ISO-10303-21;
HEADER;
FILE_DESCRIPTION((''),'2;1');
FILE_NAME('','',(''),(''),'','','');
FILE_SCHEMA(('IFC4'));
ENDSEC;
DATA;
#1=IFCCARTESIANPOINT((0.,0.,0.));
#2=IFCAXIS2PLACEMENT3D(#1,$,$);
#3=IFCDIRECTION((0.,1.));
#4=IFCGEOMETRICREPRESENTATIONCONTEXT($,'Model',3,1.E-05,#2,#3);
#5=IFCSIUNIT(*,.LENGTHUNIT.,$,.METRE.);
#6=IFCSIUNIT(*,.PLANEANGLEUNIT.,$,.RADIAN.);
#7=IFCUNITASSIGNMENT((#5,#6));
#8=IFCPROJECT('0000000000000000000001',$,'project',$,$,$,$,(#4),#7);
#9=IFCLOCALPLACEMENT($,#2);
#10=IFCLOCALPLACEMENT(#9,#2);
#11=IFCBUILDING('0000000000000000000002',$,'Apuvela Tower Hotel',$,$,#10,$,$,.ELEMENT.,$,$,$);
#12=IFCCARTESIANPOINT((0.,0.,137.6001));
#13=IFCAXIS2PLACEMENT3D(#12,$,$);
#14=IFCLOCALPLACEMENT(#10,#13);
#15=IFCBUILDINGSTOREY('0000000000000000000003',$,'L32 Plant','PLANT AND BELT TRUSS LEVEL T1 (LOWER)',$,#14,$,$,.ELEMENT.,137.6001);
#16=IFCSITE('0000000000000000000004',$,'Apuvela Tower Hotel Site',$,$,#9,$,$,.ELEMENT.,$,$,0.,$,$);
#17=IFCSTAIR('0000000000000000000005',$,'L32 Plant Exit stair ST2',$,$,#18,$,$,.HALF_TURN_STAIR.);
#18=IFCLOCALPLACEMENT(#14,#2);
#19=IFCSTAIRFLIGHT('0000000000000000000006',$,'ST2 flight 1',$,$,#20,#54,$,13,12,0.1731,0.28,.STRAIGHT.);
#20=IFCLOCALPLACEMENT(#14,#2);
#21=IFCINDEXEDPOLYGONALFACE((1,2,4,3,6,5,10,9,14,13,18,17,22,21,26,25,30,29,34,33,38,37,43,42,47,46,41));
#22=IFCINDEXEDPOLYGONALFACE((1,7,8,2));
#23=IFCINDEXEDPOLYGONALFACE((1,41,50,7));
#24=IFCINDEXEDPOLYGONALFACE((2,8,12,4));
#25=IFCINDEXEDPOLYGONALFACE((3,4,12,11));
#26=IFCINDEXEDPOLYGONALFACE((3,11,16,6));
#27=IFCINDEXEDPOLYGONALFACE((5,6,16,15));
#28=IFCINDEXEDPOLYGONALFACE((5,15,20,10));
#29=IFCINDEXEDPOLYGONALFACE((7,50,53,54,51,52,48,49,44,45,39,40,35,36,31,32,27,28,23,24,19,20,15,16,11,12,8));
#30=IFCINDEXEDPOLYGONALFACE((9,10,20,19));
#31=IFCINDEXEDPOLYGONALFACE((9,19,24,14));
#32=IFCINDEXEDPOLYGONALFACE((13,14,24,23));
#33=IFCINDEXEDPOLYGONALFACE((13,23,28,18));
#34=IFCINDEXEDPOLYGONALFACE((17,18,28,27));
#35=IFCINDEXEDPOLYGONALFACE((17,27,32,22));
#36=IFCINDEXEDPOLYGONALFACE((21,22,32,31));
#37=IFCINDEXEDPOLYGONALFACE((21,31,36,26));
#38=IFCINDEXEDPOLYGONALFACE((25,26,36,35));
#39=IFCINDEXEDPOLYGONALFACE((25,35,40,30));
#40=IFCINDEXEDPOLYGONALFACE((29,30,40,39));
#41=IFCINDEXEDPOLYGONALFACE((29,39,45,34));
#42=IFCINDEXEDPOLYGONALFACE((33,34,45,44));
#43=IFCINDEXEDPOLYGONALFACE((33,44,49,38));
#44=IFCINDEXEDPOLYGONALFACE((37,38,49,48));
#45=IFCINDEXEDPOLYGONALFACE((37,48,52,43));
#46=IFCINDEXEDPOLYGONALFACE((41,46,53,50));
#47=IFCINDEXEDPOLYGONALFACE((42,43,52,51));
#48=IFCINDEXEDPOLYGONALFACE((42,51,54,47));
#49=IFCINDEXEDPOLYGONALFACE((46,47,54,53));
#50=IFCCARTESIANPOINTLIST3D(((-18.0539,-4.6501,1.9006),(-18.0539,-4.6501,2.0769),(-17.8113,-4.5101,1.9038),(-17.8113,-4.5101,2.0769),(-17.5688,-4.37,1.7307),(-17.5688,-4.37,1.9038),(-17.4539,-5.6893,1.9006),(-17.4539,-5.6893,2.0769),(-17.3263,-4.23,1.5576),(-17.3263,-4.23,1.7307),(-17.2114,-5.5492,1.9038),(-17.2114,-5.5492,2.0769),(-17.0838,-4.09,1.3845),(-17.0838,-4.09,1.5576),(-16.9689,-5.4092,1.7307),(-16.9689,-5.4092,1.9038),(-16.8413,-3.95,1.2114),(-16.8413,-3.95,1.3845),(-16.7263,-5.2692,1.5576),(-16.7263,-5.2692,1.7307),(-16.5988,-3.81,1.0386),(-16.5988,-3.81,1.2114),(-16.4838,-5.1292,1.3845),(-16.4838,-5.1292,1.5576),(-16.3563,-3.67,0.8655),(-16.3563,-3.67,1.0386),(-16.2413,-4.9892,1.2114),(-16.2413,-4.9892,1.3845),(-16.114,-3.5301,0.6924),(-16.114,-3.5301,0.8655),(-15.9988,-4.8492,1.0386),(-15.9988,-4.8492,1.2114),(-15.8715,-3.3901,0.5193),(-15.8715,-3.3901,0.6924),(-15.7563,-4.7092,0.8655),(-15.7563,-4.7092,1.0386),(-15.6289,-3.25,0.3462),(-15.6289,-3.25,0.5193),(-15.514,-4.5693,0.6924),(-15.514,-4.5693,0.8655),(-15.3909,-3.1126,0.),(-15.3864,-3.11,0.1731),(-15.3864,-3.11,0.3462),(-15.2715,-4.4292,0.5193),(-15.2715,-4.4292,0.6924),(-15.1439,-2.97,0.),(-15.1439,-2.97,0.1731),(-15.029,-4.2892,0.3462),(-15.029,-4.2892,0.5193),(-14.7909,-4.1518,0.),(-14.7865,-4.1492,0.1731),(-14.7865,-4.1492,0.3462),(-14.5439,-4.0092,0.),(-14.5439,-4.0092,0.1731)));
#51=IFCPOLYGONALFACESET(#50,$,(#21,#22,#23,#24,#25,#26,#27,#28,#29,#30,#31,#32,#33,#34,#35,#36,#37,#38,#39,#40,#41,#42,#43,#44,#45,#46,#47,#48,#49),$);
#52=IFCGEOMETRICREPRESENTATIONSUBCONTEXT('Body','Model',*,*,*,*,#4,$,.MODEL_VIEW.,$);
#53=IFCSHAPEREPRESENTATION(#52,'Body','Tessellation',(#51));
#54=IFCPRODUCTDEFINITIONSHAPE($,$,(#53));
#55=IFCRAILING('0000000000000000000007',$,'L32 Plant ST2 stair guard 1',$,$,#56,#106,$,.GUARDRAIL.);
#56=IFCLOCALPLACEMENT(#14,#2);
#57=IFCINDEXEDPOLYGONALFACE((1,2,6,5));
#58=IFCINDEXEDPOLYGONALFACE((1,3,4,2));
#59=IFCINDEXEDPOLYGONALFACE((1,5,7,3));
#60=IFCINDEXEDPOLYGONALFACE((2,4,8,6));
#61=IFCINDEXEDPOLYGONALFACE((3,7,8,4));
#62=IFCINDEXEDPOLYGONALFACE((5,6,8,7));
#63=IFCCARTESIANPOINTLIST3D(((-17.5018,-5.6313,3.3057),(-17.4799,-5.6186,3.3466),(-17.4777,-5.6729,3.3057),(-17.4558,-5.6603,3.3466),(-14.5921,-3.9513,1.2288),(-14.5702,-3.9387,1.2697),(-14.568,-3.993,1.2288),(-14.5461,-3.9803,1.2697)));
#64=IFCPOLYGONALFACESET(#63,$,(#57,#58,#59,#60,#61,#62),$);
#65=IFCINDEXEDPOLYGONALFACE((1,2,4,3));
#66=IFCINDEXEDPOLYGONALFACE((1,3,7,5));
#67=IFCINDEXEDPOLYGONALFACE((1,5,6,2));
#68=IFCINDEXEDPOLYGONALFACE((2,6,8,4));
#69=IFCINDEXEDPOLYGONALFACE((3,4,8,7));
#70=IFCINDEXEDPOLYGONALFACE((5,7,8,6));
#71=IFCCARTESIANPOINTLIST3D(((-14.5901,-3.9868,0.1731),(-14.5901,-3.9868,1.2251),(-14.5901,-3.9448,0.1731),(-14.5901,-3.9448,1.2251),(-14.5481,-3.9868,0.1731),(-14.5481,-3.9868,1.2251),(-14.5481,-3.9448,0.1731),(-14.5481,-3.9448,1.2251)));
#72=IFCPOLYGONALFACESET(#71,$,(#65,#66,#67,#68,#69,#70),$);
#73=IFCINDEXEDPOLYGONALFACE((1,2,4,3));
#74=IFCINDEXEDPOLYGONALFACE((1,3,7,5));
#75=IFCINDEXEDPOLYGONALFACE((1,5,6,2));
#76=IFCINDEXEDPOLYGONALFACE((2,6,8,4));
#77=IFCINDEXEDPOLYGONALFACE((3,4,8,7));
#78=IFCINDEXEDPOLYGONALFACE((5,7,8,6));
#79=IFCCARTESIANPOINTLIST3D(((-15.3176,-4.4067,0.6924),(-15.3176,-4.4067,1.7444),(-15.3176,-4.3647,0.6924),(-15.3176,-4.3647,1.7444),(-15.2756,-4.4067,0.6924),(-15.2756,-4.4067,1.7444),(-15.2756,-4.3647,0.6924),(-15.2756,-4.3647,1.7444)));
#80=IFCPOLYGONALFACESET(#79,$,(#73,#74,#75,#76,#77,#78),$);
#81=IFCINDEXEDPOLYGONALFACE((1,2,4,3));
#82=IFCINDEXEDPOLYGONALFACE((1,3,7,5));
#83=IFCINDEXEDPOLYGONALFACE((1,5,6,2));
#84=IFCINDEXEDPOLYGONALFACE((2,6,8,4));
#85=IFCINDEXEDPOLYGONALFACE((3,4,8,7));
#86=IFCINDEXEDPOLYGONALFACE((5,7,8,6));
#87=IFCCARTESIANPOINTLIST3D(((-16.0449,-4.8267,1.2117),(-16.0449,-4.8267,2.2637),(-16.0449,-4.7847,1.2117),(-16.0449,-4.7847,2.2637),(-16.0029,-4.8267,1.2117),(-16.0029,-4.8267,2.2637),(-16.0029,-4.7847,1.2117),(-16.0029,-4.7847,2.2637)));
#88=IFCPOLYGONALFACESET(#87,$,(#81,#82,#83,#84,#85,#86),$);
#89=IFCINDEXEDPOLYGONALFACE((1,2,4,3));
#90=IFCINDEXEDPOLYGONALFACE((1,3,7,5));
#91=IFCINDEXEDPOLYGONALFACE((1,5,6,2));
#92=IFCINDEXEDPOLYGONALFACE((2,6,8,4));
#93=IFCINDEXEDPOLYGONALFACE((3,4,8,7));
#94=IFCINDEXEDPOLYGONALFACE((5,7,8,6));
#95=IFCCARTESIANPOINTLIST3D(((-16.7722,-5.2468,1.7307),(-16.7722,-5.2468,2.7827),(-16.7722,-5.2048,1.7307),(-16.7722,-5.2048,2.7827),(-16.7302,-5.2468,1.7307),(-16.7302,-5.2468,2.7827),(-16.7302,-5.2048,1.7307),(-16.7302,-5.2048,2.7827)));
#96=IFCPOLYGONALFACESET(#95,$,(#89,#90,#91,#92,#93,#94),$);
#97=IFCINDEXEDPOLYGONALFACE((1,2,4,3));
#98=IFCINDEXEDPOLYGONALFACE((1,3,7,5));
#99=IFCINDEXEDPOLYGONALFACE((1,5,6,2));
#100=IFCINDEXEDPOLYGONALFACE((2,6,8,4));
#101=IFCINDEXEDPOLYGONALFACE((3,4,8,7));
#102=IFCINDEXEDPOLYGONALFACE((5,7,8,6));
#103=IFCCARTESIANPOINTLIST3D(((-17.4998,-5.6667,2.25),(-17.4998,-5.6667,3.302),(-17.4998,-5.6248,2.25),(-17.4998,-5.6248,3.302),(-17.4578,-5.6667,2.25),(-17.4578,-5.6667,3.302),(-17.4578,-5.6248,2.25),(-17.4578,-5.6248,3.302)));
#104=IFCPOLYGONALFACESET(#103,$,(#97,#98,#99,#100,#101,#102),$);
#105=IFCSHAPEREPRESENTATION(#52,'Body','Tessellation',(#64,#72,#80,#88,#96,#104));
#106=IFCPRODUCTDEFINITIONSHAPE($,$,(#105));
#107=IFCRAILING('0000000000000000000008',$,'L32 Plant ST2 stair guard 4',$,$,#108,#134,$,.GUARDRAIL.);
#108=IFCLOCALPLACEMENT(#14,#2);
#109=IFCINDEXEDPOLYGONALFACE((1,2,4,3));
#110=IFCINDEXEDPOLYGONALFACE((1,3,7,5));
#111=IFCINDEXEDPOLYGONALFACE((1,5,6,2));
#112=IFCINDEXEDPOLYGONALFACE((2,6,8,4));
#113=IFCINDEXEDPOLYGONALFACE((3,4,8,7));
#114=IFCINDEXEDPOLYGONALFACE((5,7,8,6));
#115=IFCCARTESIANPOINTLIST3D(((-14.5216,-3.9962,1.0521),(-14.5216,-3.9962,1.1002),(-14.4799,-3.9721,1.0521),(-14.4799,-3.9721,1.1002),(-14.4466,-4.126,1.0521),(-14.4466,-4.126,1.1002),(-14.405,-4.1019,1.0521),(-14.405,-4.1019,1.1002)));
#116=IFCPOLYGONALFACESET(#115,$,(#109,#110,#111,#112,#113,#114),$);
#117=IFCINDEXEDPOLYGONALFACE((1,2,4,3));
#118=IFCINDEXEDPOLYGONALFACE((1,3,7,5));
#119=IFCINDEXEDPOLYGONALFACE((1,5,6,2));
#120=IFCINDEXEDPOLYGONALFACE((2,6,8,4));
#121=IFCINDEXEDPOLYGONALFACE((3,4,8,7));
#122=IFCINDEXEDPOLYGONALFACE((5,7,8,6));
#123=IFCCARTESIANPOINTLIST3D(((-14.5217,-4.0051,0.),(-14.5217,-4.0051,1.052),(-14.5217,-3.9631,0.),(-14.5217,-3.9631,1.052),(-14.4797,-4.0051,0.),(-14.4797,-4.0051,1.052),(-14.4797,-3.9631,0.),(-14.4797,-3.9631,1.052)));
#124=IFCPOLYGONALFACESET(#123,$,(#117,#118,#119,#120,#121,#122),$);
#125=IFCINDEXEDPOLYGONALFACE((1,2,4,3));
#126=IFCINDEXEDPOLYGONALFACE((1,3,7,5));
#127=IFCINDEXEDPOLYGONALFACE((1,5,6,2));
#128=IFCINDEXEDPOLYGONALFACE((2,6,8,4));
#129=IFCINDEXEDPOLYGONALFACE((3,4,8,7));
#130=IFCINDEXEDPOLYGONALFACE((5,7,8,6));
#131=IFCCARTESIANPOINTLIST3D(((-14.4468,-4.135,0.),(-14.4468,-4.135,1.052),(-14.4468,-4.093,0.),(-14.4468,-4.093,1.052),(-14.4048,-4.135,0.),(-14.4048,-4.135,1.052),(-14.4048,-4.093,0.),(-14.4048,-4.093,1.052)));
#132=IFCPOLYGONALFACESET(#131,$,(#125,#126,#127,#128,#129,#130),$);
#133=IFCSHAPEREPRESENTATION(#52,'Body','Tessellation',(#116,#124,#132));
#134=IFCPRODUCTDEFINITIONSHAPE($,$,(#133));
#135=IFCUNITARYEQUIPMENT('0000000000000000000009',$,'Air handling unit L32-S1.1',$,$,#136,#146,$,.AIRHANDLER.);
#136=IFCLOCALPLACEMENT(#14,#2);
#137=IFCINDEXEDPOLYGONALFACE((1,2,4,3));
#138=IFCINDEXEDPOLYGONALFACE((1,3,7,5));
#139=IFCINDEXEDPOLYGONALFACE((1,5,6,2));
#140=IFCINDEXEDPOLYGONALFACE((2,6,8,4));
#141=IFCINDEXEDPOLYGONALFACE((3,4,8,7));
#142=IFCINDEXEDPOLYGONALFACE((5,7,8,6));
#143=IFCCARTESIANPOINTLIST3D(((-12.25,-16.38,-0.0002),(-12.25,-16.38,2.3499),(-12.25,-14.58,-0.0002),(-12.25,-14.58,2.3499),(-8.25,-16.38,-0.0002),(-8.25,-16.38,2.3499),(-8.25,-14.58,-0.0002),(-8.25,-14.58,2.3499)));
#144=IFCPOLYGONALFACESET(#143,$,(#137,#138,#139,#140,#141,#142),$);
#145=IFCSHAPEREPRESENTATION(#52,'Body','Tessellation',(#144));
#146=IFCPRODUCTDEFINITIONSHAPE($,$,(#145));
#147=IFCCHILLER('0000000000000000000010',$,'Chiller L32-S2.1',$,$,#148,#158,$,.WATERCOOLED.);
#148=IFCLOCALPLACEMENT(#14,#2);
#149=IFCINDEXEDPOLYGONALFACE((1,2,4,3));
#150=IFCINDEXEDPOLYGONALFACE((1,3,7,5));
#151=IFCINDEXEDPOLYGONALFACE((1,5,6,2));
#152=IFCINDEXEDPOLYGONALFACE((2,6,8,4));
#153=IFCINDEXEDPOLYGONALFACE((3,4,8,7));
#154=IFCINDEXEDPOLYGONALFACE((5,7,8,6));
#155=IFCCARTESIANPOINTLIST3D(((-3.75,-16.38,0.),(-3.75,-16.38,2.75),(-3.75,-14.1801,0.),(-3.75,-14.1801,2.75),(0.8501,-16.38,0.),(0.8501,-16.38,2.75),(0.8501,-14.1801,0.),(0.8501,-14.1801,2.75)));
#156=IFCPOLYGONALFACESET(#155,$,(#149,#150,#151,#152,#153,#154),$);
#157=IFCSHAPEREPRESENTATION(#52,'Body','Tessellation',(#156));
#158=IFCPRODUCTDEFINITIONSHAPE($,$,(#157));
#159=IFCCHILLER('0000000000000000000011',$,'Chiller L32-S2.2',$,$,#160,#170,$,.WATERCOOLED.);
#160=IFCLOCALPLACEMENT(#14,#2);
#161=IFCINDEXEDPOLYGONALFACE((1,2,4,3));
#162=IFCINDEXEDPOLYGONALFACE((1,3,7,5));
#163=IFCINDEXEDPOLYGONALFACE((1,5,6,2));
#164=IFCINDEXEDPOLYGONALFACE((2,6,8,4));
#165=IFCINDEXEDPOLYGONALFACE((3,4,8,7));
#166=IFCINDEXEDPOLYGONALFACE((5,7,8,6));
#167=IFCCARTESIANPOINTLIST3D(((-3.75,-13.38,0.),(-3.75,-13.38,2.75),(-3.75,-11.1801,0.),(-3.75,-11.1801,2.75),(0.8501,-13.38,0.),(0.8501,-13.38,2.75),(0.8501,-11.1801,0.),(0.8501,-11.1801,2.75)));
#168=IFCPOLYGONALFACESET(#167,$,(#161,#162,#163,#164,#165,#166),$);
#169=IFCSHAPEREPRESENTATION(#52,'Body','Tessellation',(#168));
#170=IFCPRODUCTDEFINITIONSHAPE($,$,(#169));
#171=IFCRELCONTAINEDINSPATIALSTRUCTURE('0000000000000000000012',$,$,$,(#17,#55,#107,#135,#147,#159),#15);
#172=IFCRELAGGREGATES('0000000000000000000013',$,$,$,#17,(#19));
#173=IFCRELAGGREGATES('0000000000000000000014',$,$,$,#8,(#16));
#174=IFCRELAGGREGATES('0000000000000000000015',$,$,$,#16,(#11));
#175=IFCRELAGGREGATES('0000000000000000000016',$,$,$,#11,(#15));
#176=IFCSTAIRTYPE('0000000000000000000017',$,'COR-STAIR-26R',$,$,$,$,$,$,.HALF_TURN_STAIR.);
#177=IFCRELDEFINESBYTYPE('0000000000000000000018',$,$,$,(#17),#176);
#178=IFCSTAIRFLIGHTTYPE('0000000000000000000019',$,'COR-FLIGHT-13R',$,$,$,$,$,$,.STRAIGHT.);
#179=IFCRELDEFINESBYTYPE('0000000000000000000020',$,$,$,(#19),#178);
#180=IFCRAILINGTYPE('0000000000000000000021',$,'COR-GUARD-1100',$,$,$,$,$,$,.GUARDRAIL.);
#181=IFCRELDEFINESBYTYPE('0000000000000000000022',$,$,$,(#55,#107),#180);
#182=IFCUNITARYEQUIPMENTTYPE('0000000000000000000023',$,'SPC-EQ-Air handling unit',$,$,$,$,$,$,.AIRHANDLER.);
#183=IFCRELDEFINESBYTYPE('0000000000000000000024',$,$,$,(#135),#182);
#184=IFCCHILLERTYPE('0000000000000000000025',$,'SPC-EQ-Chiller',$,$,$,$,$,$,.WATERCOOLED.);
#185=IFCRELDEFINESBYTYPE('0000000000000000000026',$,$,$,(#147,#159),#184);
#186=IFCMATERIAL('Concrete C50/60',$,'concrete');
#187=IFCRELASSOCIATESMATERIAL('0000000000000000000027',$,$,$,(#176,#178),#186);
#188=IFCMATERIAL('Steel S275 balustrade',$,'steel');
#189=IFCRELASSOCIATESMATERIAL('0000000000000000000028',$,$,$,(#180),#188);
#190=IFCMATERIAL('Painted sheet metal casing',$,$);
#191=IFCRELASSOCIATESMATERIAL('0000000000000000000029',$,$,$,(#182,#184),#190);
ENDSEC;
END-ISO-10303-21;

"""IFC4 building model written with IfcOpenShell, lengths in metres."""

from ifc_helpers import new_model, si_unit, direction, frame, origin, origin_2d, place, context, subcontext, project, spatial, polyline, rectangle, outline, extrude, material, type_object, element, aggregate, save


model = new_model("IFC4")

# Units and contexts
model_context = context("Model", 3, precision=1e-05, world=origin(), true_north=direction((0.0, 1.0)))
body_context = subcontext(model_context, "Body", "Model", "MODEL_VIEW")
ifc_project = project(units=[si_unit("LENGTHUNIT", "METRE"), si_unit("PLANEANGLEUNIT", "RADIAN")], contexts=[model_context])

# Site, building, storey
site_placement = place(None, origin())
site = spatial("IfcSite", under=ifc_project, at=site_placement, Name="Apuvela Tower Hotel Site", CompositionType="ELEMENT", RefElevation=0.0)
building_placement = place(site_placement, origin())
building = spatial("IfcBuilding", under=site, at=building_placement, Name="Apuvela Tower Hotel", CompositionType="ELEMENT")
storey_placement = place(building_placement, frame((0.0, 0.0, 137.6001)))
storey = spatial("IfcBuildingStorey", under=building, at=storey_placement, Name="L32 Plant", Description="PLANT AND BELT TRUSS LEVEL T1 (LOWER)", CompositionType="ELEMENT", Elevation=137.6001)

# Shared definitions
ifc_material_1 = material(Name="Concrete C50/60", Category="concrete")

# Stair, stair flight
stair_type = type_object("IfcStairType", Name="COR-STAIR-26R", PredefinedType="HALF_TURN_STAIR", material=ifc_material_1)
stair_placement = place(storey_placement, origin())
stair = element("IfcStair", 1, at=stair_placement, inside=storey, type_object=stair_type, Name="L32 Plant Exit stair ST2", PredefinedType="HALF_TURN_STAIR")
stair_flight_type = type_object("IfcStairFlightType", Name="COR-FLIGHT-13R", PredefinedType="STRAIGHT", material=ifc_material_1)
stair_flight_placement = place(storey_placement, frame((-14.844, -3.4895, 0.0), z_axis=(0.0, 0.0, 1.0), x_axis=(-0.866025, -0.5, 0.0)))
stair_flight = element("IfcStairFlight", 2, at=stair_flight_placement, type_object=stair_flight_type, Name="ST2 flight 1", NumberOfRisers=13, NumberOfTreads=12, PredefinedType="STRAIGHT", RiserHeight=0.1731, TreadLength=0.28, context=body_context, shape_type="SweptSolid", body=[
    extrude(outline(polyline([(0.0, 0.0), (0.0, 0.1731), (0.28, 0.1731), (0.28, 0.3462), (0.5601, 0.3462), (0.5601, 0.5193), (0.8401, 0.5193), (0.8401, 0.6924), (1.1201, 0.6924), (1.1201, 0.8655), (1.3999, 0.8655), (1.3999, 1.0386), (1.6799, 1.0386), (1.6799, 1.2114), (1.96, 1.2114), (1.96, 1.3845), (2.24, 1.3845), (2.24, 1.5576), (2.52, 1.5576), (2.52, 1.7307), (2.8, 1.7307), (2.8, 1.9038), (3.0801, 1.9038), (3.0801, 2.0769), (3.3601, 2.0769), (3.3601, 2.25), (3.3601, 1.9006), (0.2852, 0.0), (0.0, 0.0)])), frame((0.0, 0.6001, 0.0), z_axis=(0.0, -1.0, 0.0), x_axis=(1.0, 0.0, 0.0)), (0.0, 0.0, 1.0), 1.2),
])
aggregate(stair, [stair_flight])

# Railings
ifc_material_2 = material(Name="Steel S275 balustrade", Category="steel")
railing_type = type_object("IfcRailingType", Name="COR-GUARD-1100", PredefinedType="GUARDRAIL", material=ifc_material_2)
railing_1_placement = place(storey_placement, frame((-14.5691, -3.9658, 0.1731)))
element("IfcRailing", 3, at=railing_1_placement, inside=storey, type_object=railing_type, Name="L32 Plant ST2 stair guard 1", PredefinedType="GUARDRAIL", context=body_context, shape_type="SweptSolid", body=[
    extrude(rectangle(XDim=0.0481, YDim=0.0481, at=origin_2d()), frame((0.0, 0.0, 1.0762), z_axis=(-0.73664, -0.425308, 0.525809), x_axis=(0.500008, -0.866021, 0.0)), (0.0, 0.0, 1.0), 3.95),
    extrude(rectangle(XDim=0.042, YDim=0.042, at=origin_2d()), origin(), (0.0, 0.0, 1.0), 1.052),
    extrude(rectangle(XDim=0.042, YDim=0.042, at=origin_2d()), frame((-0.7275, -0.4199, 0.5193)), (0.0, 0.0, 1.0), 1.052),
    extrude(rectangle(XDim=0.042, YDim=0.042, at=origin_2d()), frame((-1.4548, -0.8398, 1.0386)), (0.0, 0.0, 1.0), 1.052),
    extrude(rectangle(XDim=0.042, YDim=0.042, at=origin_2d()), frame((-2.1821, -1.26, 1.5576)), (0.0, 0.0, 1.0), 1.052),
    extrude(rectangle(XDim=0.042, YDim=0.042, at=origin_2d()), frame((-2.9097, -1.6799, 2.0769)), (0.0, 0.0, 1.0), 1.052),
])
railing_2_placement = place(storey_placement, frame((-14.5007, -3.9841, 0.0)))
element("IfcRailing", 4, at=railing_2_placement, inside=storey, type_object=railing_type, Name="L32 Plant ST2 stair guard 4", PredefinedType="GUARDRAIL", context=body_context, shape_type="SweptSolid", body=[
    extrude(rectangle(XDim=0.0481, YDim=0.0481, at=origin_2d()), frame((0.0, 0.0, 1.0762), z_axis=(0.499816, -0.866131, 0.0), x_axis=(0.866131, 0.499816, 0.0)), (0.0, 0.0, 1.0), 0.1499),
    extrude(rectangle(XDim=0.042, YDim=0.042, at=origin_2d()), origin(), (0.0, 0.0, 1.0), 1.052),
    extrude(rectangle(XDim=0.042, YDim=0.042, at=origin_2d()), frame((0.075, -0.1299, 0.0)), (0.0, 0.0, 1.0), 1.052),
])

# Unitary equipment
ifc_material_3 = material(Name="Painted sheet metal casing")
unitary_equipment_type = type_object("IfcUnitaryEquipmentType", Name="SPC-EQ-Air handling unit", PredefinedType="AIRHANDLER", material=ifc_material_3)
unitary_equipment_placement = place(storey_placement, frame((-10.25, -15.48, -0.0002), z_axis=(0.0, 0.0, 1.0), x_axis=(1.0, 0.0, 0.0)))
element("IfcUnitaryEquipment", 5, at=unitary_equipment_placement, inside=storey, type_object=unitary_equipment_type, Name="Air handling unit L32-S1.1", PredefinedType="AIRHANDLER", context=body_context, shape_type="SweptSolid", body=[
    extrude(rectangle(XDim=4.0, YDim=1.8, at=origin_2d()), origin(), (0.0, 0.0, 1.0), 2.3501),
])

# Chillers
chiller_type = type_object("IfcChillerType", Name="SPC-EQ-Chiller", PredefinedType="WATERCOOLED", material=ifc_material_3)
for number, where, z_axis, x_axis, name in (
    (6, (-1.45, -15.28, 0.0), (0.0, 0.0, 1.0), (1.0, 0.0, 0.0), "Chiller L32-S2.1"),
    (7, (-1.45, -12.28, 0.0), (0.0, 0.0, 1.0), (1.0, 0.0, 0.0), "Chiller L32-S2.2"),
):
    element("IfcChiller", number, at=place(storey_placement, frame(where, z_axis=z_axis, x_axis=x_axis)), inside=storey, type_object=chiller_type, Name=name, PredefinedType="WATERCOOLED", context=body_context, shape_type="SweptSolid", body=[
        extrude(rectangle(XDim=4.6001, YDim=2.2, at=origin_2d()), origin(), (0.0, 0.0, 1.0), 2.75),
    ])

save(model, "model.ifc")
